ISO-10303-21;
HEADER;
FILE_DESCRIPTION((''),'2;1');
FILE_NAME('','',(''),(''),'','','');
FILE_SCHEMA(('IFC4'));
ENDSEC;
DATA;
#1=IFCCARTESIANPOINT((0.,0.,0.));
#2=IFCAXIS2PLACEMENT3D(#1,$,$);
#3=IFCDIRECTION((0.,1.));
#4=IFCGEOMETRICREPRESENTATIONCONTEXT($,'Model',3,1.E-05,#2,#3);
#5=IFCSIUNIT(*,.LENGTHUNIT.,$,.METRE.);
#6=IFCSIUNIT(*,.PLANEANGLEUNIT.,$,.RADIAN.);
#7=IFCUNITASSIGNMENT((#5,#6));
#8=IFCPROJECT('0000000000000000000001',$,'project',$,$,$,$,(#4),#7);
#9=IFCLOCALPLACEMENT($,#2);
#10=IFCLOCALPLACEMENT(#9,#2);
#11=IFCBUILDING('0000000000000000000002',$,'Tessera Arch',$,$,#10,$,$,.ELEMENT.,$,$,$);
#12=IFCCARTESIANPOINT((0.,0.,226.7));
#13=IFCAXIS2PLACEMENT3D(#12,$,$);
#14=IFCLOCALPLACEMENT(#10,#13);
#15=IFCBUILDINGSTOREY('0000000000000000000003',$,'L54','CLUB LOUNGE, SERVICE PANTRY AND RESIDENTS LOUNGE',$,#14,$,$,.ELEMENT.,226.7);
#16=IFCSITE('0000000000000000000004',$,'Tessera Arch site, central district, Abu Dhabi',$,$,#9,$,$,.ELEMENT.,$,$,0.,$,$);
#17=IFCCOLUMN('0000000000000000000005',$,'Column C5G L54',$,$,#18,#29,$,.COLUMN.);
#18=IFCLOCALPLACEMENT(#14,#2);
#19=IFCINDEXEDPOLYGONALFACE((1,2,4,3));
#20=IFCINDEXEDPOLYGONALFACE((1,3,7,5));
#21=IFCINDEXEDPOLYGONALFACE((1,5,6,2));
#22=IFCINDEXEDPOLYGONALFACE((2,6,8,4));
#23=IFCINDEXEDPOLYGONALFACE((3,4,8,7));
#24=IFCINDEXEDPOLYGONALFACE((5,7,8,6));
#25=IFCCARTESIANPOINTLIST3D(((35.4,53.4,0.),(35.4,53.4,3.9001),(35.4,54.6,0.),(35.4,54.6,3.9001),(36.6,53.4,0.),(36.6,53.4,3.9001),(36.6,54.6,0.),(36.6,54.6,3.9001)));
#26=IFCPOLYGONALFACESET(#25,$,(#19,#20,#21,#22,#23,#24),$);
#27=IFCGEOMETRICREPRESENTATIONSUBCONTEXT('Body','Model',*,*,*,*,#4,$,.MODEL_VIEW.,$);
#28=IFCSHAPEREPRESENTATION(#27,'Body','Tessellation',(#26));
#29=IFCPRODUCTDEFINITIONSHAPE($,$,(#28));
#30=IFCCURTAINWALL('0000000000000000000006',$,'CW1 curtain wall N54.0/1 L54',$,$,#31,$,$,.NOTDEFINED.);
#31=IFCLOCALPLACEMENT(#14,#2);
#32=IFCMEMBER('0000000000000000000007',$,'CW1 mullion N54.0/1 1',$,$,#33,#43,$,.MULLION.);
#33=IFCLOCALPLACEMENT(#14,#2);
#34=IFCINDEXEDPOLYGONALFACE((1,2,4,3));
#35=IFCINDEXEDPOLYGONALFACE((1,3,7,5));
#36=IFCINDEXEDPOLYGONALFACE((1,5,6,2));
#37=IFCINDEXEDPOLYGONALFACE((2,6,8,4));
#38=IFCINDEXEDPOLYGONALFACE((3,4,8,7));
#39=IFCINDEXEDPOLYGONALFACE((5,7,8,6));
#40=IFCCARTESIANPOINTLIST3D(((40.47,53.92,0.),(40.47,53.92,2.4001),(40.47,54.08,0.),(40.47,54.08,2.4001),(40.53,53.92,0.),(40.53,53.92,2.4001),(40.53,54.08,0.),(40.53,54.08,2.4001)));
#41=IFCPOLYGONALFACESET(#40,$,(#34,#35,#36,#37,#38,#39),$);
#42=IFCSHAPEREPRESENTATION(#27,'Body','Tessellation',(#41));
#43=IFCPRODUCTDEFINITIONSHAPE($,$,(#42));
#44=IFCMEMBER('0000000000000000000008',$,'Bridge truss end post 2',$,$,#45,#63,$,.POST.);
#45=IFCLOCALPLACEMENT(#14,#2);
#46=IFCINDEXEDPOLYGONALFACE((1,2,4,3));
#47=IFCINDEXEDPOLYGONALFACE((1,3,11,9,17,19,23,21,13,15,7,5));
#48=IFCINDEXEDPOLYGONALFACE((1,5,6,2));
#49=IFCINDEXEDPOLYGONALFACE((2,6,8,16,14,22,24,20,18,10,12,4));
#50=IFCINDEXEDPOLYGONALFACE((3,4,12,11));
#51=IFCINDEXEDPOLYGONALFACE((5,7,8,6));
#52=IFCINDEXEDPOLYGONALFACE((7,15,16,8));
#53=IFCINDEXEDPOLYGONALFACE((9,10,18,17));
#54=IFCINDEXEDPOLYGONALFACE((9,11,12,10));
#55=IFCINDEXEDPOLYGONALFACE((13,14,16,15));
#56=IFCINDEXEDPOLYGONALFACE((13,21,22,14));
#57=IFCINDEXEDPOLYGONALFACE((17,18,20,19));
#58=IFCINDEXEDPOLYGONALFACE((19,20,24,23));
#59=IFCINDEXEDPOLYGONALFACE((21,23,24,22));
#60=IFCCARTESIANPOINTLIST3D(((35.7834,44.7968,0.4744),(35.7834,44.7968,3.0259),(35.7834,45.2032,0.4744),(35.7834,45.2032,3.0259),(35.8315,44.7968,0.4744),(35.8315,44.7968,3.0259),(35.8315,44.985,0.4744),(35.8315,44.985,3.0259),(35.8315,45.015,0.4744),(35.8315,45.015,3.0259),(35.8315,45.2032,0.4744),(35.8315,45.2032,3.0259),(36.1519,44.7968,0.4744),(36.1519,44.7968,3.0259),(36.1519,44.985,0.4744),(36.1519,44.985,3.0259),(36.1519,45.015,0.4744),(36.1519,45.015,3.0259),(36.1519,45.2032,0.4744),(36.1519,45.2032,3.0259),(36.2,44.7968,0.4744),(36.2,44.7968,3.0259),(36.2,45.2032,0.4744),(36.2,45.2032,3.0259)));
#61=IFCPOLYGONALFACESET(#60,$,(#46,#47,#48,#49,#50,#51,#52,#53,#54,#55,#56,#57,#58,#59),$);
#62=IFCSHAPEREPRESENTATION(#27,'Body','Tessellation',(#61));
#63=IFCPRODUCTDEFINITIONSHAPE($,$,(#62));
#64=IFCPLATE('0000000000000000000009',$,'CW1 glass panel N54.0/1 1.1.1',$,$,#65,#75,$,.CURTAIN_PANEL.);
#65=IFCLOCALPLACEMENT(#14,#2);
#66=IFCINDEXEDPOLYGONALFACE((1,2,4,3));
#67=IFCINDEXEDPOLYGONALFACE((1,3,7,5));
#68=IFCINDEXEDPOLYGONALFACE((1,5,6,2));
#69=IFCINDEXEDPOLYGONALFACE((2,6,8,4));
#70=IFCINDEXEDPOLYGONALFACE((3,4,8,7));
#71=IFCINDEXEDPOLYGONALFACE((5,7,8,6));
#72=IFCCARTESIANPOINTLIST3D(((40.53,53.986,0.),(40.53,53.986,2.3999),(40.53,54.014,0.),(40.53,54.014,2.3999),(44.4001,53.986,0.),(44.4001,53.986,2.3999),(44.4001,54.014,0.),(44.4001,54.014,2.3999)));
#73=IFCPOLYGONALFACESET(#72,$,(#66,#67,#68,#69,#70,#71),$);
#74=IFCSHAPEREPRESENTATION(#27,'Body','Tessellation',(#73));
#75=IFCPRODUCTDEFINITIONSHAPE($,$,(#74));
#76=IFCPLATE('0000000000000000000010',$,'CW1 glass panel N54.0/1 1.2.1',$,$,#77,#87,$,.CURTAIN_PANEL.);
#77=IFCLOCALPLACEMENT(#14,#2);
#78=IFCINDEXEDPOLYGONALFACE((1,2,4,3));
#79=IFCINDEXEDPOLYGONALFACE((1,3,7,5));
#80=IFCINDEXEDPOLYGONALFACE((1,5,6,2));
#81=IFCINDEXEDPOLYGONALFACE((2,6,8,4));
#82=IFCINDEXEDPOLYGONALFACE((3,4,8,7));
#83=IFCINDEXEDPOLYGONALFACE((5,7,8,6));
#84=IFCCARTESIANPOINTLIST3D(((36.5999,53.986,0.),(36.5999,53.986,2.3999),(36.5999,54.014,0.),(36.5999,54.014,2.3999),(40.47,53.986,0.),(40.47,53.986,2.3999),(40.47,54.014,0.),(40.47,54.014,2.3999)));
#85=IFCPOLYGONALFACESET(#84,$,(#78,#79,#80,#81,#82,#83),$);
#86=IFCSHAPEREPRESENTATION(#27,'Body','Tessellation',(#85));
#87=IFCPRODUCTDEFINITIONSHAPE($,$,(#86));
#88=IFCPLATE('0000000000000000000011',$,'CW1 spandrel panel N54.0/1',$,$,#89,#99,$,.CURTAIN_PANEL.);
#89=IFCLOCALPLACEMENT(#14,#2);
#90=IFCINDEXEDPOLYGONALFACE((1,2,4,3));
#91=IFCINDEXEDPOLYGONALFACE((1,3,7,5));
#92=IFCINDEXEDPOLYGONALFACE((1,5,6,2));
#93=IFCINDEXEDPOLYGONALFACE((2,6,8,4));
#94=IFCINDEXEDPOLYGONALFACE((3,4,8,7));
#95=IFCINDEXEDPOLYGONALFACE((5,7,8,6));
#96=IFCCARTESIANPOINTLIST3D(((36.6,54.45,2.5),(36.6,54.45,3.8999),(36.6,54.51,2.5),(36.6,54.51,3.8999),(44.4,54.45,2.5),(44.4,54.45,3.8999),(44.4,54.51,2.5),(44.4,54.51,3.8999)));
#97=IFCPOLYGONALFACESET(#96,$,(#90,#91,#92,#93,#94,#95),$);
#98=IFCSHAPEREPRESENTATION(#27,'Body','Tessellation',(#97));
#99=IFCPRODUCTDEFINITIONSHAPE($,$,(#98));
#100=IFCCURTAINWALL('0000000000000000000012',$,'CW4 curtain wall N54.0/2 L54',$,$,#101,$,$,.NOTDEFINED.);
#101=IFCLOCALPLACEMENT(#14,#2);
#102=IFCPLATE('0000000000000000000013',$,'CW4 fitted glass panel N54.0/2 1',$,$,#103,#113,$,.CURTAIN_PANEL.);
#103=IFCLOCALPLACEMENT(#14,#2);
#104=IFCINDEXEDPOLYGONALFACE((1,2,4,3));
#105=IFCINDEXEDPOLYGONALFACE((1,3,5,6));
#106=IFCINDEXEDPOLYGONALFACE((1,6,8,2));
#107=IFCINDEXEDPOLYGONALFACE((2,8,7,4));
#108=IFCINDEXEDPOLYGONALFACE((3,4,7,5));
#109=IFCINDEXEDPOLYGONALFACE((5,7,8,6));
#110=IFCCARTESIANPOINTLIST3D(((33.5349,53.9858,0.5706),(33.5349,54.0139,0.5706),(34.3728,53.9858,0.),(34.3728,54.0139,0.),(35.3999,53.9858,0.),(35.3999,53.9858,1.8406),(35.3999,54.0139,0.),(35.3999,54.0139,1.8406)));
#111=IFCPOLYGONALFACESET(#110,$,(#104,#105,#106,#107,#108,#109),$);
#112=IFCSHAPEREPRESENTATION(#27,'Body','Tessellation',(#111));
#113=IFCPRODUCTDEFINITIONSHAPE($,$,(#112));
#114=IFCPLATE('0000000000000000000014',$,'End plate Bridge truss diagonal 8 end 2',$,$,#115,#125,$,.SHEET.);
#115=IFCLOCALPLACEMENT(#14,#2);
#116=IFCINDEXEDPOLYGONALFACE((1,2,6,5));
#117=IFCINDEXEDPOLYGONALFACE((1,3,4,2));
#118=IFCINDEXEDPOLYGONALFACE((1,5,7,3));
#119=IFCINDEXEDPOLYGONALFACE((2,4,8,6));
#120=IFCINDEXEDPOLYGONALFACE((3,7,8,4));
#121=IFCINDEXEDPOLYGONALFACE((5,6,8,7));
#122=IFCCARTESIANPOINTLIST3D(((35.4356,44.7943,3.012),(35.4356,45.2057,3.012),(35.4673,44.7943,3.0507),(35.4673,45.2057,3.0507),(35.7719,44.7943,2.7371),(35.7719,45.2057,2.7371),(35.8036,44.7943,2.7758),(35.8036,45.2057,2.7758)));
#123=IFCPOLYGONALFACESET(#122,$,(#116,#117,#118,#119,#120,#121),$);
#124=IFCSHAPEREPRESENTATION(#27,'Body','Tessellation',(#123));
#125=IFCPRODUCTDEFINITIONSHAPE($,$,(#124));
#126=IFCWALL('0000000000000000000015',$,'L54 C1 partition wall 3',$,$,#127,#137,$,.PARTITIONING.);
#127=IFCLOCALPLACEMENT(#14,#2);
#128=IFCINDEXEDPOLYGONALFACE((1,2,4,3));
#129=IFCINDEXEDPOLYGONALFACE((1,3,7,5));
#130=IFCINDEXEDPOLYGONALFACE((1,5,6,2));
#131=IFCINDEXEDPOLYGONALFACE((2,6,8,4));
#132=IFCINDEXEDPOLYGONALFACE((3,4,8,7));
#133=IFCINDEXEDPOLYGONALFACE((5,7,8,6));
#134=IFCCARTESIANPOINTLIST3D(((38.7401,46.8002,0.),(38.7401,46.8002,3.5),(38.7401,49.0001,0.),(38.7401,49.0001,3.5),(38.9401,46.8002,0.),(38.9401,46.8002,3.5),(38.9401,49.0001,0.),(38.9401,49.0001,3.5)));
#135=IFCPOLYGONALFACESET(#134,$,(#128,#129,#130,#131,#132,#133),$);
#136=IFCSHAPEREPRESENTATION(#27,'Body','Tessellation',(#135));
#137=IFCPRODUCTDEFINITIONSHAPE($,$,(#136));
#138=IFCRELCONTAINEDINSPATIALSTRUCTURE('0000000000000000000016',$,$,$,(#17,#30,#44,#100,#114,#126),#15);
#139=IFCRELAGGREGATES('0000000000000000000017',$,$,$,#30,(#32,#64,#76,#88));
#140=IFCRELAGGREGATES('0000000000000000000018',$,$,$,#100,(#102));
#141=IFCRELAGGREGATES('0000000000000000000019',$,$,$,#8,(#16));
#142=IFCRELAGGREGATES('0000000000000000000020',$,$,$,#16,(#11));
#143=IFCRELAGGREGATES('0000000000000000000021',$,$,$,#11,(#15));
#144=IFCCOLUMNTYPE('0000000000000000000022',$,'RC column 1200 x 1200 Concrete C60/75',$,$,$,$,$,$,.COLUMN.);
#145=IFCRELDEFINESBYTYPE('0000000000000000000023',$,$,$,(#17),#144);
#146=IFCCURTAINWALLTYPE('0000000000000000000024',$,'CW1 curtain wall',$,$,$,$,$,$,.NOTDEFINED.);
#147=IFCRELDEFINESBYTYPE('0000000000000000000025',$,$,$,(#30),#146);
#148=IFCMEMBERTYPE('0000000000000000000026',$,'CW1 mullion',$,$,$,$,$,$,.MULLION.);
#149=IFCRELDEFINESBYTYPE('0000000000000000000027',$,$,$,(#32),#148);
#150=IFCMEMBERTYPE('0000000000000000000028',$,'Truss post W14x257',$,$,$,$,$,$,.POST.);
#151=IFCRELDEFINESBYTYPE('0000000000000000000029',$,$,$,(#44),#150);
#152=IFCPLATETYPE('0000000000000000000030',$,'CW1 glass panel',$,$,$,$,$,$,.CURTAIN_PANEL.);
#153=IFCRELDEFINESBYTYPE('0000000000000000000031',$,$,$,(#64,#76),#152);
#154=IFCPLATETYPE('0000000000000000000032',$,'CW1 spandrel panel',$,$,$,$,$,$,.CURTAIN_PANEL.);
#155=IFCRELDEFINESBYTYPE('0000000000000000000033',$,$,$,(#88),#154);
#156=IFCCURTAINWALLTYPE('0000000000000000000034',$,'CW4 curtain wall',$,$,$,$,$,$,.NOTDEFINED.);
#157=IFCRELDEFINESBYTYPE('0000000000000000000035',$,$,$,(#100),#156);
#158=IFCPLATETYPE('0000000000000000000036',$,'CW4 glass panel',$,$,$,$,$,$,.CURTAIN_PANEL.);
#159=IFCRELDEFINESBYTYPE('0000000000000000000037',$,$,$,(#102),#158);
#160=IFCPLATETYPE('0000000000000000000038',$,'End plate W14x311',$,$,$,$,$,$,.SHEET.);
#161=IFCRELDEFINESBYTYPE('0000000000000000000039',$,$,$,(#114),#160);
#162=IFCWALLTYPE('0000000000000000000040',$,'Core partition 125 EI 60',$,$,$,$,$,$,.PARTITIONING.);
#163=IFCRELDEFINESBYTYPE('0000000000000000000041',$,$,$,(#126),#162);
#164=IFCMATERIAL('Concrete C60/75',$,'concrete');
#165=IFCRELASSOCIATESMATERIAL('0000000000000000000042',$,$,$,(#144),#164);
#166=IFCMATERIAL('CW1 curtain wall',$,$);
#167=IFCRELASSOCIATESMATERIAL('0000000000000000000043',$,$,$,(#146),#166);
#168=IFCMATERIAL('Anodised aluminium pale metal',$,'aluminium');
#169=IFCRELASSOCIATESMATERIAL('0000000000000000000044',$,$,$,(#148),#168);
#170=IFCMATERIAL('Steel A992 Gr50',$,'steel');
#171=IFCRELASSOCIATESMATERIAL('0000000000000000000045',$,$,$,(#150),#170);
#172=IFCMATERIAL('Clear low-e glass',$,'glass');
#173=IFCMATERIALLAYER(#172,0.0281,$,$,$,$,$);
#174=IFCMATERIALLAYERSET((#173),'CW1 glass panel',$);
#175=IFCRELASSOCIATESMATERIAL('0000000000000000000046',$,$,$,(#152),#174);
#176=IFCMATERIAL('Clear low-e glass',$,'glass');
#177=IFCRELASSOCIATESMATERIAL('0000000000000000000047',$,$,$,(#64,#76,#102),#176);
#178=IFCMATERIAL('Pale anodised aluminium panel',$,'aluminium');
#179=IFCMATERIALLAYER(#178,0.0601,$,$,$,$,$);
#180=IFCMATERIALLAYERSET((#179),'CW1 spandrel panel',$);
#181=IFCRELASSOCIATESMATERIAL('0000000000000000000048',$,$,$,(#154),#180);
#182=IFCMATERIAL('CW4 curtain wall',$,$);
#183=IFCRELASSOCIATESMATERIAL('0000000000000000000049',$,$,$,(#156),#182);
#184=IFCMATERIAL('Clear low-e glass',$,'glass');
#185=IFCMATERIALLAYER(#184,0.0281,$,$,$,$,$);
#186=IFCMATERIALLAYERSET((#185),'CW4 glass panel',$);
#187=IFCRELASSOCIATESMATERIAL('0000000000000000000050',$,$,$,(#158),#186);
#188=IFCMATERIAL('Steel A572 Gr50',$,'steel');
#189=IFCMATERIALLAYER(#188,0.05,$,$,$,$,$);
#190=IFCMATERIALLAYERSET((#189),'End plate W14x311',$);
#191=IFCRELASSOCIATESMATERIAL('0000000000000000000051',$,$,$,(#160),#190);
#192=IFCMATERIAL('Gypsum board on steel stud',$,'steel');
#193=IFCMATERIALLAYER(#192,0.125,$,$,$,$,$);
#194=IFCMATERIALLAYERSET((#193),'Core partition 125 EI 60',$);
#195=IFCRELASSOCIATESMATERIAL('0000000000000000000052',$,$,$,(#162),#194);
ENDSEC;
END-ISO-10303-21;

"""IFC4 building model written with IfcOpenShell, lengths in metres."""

from ifc_helpers import new_model, si_unit, direction, frame, frame_2d, origin, origin_2d, place, context, subcontext, project, spatial, polyline, rectangle, i_section, outline, extrude, material, layer, layer_set, material_profile, profile_set, type_object, element, aggregate, save


model = new_model("IFC4")

# Units and contexts
model_context = context("Model", 3, precision=1e-05, world=origin(), true_north=direction((0.0, 1.0)))
body_context = subcontext(model_context, "Body", "Model", "MODEL_VIEW")
ifc_project = project(units=[si_unit("LENGTHUNIT", "METRE"), si_unit("PLANEANGLEUNIT", "RADIAN")], contexts=[model_context])

# Site, building, storey
site_placement = place(None, origin())
site = spatial("IfcSite", under=ifc_project, at=site_placement, Name="Tessera Arch site, central district, Abu Dhabi", CompositionType="ELEMENT", RefElevation=0.0)
building_placement = place(site_placement, origin())
building = spatial("IfcBuilding", under=site, at=building_placement, Name="Tessera Arch", CompositionType="ELEMENT")
storey_placement = place(building_placement, frame((0.0, 0.0, 226.7)))
storey = spatial("IfcBuildingStorey", under=building, at=storey_placement, Name="L54", Description="CLUB LOUNGE, SERVICE PANTRY AND RESIDENTS LOUNGE", CompositionType="ELEMENT", Elevation=226.7)

# Column
ifc_material_1 = material(Name="Concrete C60/75", Category="concrete")
ifc_material_profile_1 = material_profile(ifc_material_1, rectangle(XDim=1.2, YDim=1.2, at=origin_2d()), Name="RC column 1200 x 1200 Concrete C60/75")
ifc_profile_set_1 = profile_set([ifc_material_profile_1], Name="Concrete C60/75")
column_type = type_object("IfcColumnType", Name="RC column 1200 x 1200 Concrete C60/75", PredefinedType="COLUMN", material=ifc_profile_set_1)
column_placement = place(storey_placement, frame((36.0, 54.0, 0.0), z_axis=(0.0, 0.0, 1.0), x_axis=(1.0, 0.0, 0.0)))
element("IfcColumn", 1, at=column_placement, inside=storey, type_object=column_type, Name="Column C5G L54", PredefinedType="COLUMN", context=body_context, shape_type="SweptSolid", body=[
    extrude(rectangle(XDim=1.2, YDim=1.2, at=origin_2d()), origin(), (0.0, 0.0, 1.0), 3.9001),
])

# Curtain wall, member
ifc_material_2 = material(Name="CW1 curtain wall")
curtain_wall_type_1 = type_object("IfcCurtainWallType", Name="CW1 curtain wall", PredefinedType="NOTDEFINED", material=ifc_material_2)
curtain_wall_1_placement = place(storey_placement, origin())
curtain_wall_1 = element("IfcCurtainWall", 2, at=curtain_wall_1_placement, inside=storey, type_object=curtain_wall_type_1, Name="CW1 curtain wall N54.0/1 L54", PredefinedType="NOTDEFINED")
ifc_material_3 = material(Name="Anodised aluminium pale metal", Category="aluminium")
ifc_material_profile_2 = material_profile(ifc_material_3, rectangle(XDim=0.1599, YDim=0.0601, at=origin_2d()), Name="AL 60x160")
ifc_profile_set_2 = profile_set([ifc_material_profile_2], Name="Anodised aluminium pale metal")
member_type_1 = type_object("IfcMemberType", Name="CW1 mullion", PredefinedType="MULLION", material=ifc_profile_set_2)
member_1_placement = place(storey_placement, frame((40.5, 54.0, 0.0), z_axis=(0.0, 0.0, 1.0), x_axis=(0.0, -1.0, 0.0)))
member_1 = element("IfcMember", 3, at=member_1_placement, type_object=member_type_1, Name="CW1 mullion N54.0/1 1", PredefinedType="MULLION", context=body_context, shape_type="SweptSolid", body=[
    extrude(rectangle(XDim=0.1599, YDim=0.0601, at=origin_2d()), origin(), (0.0, 0.0, 1.0), 2.4001),
])

# Member
ifc_material_4 = material(Name="Steel A992 Gr50", Category="steel")
ifc_material_profile_3 = material_profile(ifc_material_4, i_section(OverallWidth=0.4065, OverallDepth=0.4165, WebThickness=0.03, FlangeThickness=0.0481, at=origin_2d()), Name="W14x257")
ifc_profile_set_3 = profile_set([ifc_material_profile_3], Name="Steel A992 Gr50")
member_type_2 = type_object("IfcMemberType", Name="Truss post W14x257", PredefinedType="POST", material=ifc_profile_set_3)
member_2_placement = place(storey_placement, frame((35.9917, 45.0, 0.4744), z_axis=(0.0, 0.0, 1.0), x_axis=(0.0, 1.0, 0.0)))
element("IfcMember", 4, at=member_2_placement, inside=storey, type_object=member_type_2, Name="Bridge truss end post 2", PredefinedType="POST", context=body_context, shape_type="SweptSolid", body=[
    extrude(i_section(OverallWidth=0.4065, OverallDepth=0.4165, WebThickness=0.03, FlangeThickness=0.0481, at=origin_2d()), origin(), (0.0, 0.0, 1.0), 2.5515),
])

# Plates
ifc_material_5 = material(Name="Clear low-e glass", Category="glass")
ifc_material_6 = material(Name="Clear low-e glass", Category="glass")
ifc_layer_1 = layer(ifc_material_6, 0.0281)
ifc_layer_set_1 = layer_set([ifc_layer_1], Name="CW1 glass panel")
plate_type_1 = type_object("IfcPlateType", Name="CW1 glass panel", PredefinedType="CURTAIN_PANEL", material=ifc_layer_set_1)
plate_1_placement = place(storey_placement, frame((42.4651, 54.0, 0.0), z_axis=(0.0, 0.0, 1.0), x_axis=(-1.0, 0.0, 0.0)))
plate_1 = element("IfcPlate", 5, at=plate_1_placement, type_object=plate_type_1, material=ifc_material_5, Name="CW1 glass panel N54.0/1 1.1.1", PredefinedType="CURTAIN_PANEL", context=body_context, shape_type="SweptSolid", body=[
    extrude(rectangle(XDim=3.8701, YDim=0.0281, at=origin_2d()), origin(), (0.0, 0.0, 1.0), 2.3999),
])
plate_2_placement = place(storey_placement, frame((38.5349, 54.0, 0.0), z_axis=(0.0, 0.0, 1.0), x_axis=(-1.0, 0.0, 0.0)))
plate_2 = element("IfcPlate", 6, at=plate_2_placement, type_object=plate_type_1, material=ifc_material_5, Name="CW1 glass panel N54.0/1 1.2.1", PredefinedType="CURTAIN_PANEL", context=body_context, shape_type="SweptSolid", body=[
    extrude(rectangle(XDim=3.8701, YDim=0.0281, at=origin_2d()), origin(), (0.0, 0.0, 1.0), 2.3999),
])
ifc_material_7 = material(Name="Pale anodised aluminium panel", Category="aluminium")
ifc_layer_2 = layer(ifc_material_7, 0.0601)
ifc_layer_set_2 = layer_set([ifc_layer_2], Name="CW1 spandrel panel")
plate_type_2 = type_object("IfcPlateType", Name="CW1 spandrel panel", PredefinedType="CURTAIN_PANEL", material=ifc_layer_set_2)
plate_3_placement = place(storey_placement, frame((40.5, 54.48, 2.5), z_axis=(0.0, 0.0, 1.0), x_axis=(-1.0, 0.0, 0.0)))
plate_3 = element("IfcPlate", 7, at=plate_3_placement, type_object=plate_type_2, Name="CW1 spandrel panel N54.0/1", PredefinedType="CURTAIN_PANEL", context=body_context, shape_type="SweptSolid", body=[
    extrude(rectangle(XDim=7.8, YDim=0.0601, at=origin_2d()), origin(), (0.0, 0.0, 1.0), 1.3999),
])
aggregate(curtain_wall_1, [member_1, plate_1, plate_2, plate_3])

# Curtain wall, plate
ifc_material_8 = material(Name="CW4 curtain wall")
curtain_wall_type_2 = type_object("IfcCurtainWallType", Name="CW4 curtain wall", PredefinedType="NOTDEFINED", material=ifc_material_8)
curtain_wall_2_placement = place(storey_placement, origin())
curtain_wall_2 = element("IfcCurtainWall", 8, at=curtain_wall_2_placement, inside=storey, type_object=curtain_wall_type_2, Name="CW4 curtain wall N54.0/2 L54", PredefinedType="NOTDEFINED")
ifc_material_9 = material(Name="Clear low-e glass", Category="glass")
ifc_layer_3 = layer(ifc_material_9, 0.0281)
ifc_layer_set_3 = layer_set([ifc_layer_3], Name="CW4 glass panel")
plate_type_3 = type_object("IfcPlateType", Name="CW4 glass panel", PredefinedType="CURTAIN_PANEL", material=ifc_layer_set_3)
plate_4_placement = place(storey_placement, frame((35.3999, 54.0139, 0.0), z_axis=(0.0, 1.0, 0.0), x_axis=(-1.0, 0.0, 0.0)))
plate_4 = element("IfcPlate", 9, at=plate_4_placement, type_object=plate_type_3, material=ifc_material_5, Name="CW4 fitted glass panel N54.0/2 1", PredefinedType="CURTAIN_PANEL", context=body_context, shape_type="SweptSolid", body=[
    extrude(outline(polyline([(0.0, 0.0), (1.0271, 0.0), (1.865, 0.5706), (0.0, 1.8406), (0.0, 0.0)])), origin(), (0.0, 0.0, -1.0), 0.0281),
])
aggregate(curtain_wall_2, [plate_4])

# Plate
ifc_material_10 = material(Name="Steel A572 Gr50", Category="steel")
ifc_layer_4 = layer(ifc_material_10, 0.05)
ifc_layer_set_4 = layer_set([ifc_layer_4], Name="End plate W14x311")
plate_type_4 = type_object("IfcPlateType", Name="End plate W14x311", PredefinedType="SHEET", material=ifc_layer_set_4)
plate_5_placement = place(storey_placement, frame((35.6038, 45.0, 2.8745), z_axis=(0.632973, 0.0, 0.774174), x_axis=(0.0, 1.0, 0.0)))
element("IfcPlate", 10, at=plate_5_placement, inside=storey, type_object=plate_type_4, Name="End plate Bridge truss diagonal 8 end 2", PredefinedType="SHEET", context=body_context, shape_type="SweptSolid", body=[
    extrude(rectangle(XDim=0.4114, YDim=0.4343, at=origin_2d()), origin(), (0.0, 0.0, 1.0), 0.05),
])

# Wall
ifc_material_11 = material(Name="Gypsum board on steel stud", Category="steel")
ifc_layer_5 = layer(ifc_material_11, 0.125)
ifc_layer_set_5 = layer_set([ifc_layer_5], Name="Core partition 125 EI 60")
wall_type_1 = type_object("IfcWallType", Name="Core partition 125 EI 60", PredefinedType="PARTITIONING", material=ifc_layer_set_5)
wall_1_placement = place(storey_placement, frame((38.8401, 46.8, 0.0), z_axis=(0.0, 0.0, 1.0), x_axis=(0.0, 1.0, 0.0)))
element("IfcWall", 11, at=wall_1_placement, inside=storey, type_object=wall_type_1, Name="L54 C1 partition wall 3", PredefinedType="PARTITIONING", context=body_context, shape_type="SweptSolid", body=[
    extrude(rectangle(XDim=2.2, YDim=0.2, at=frame_2d((1.1001, 0.0))), origin(), (0.0, 0.0, 1.0), 3.5),
])

save(model, "model.ifc")
